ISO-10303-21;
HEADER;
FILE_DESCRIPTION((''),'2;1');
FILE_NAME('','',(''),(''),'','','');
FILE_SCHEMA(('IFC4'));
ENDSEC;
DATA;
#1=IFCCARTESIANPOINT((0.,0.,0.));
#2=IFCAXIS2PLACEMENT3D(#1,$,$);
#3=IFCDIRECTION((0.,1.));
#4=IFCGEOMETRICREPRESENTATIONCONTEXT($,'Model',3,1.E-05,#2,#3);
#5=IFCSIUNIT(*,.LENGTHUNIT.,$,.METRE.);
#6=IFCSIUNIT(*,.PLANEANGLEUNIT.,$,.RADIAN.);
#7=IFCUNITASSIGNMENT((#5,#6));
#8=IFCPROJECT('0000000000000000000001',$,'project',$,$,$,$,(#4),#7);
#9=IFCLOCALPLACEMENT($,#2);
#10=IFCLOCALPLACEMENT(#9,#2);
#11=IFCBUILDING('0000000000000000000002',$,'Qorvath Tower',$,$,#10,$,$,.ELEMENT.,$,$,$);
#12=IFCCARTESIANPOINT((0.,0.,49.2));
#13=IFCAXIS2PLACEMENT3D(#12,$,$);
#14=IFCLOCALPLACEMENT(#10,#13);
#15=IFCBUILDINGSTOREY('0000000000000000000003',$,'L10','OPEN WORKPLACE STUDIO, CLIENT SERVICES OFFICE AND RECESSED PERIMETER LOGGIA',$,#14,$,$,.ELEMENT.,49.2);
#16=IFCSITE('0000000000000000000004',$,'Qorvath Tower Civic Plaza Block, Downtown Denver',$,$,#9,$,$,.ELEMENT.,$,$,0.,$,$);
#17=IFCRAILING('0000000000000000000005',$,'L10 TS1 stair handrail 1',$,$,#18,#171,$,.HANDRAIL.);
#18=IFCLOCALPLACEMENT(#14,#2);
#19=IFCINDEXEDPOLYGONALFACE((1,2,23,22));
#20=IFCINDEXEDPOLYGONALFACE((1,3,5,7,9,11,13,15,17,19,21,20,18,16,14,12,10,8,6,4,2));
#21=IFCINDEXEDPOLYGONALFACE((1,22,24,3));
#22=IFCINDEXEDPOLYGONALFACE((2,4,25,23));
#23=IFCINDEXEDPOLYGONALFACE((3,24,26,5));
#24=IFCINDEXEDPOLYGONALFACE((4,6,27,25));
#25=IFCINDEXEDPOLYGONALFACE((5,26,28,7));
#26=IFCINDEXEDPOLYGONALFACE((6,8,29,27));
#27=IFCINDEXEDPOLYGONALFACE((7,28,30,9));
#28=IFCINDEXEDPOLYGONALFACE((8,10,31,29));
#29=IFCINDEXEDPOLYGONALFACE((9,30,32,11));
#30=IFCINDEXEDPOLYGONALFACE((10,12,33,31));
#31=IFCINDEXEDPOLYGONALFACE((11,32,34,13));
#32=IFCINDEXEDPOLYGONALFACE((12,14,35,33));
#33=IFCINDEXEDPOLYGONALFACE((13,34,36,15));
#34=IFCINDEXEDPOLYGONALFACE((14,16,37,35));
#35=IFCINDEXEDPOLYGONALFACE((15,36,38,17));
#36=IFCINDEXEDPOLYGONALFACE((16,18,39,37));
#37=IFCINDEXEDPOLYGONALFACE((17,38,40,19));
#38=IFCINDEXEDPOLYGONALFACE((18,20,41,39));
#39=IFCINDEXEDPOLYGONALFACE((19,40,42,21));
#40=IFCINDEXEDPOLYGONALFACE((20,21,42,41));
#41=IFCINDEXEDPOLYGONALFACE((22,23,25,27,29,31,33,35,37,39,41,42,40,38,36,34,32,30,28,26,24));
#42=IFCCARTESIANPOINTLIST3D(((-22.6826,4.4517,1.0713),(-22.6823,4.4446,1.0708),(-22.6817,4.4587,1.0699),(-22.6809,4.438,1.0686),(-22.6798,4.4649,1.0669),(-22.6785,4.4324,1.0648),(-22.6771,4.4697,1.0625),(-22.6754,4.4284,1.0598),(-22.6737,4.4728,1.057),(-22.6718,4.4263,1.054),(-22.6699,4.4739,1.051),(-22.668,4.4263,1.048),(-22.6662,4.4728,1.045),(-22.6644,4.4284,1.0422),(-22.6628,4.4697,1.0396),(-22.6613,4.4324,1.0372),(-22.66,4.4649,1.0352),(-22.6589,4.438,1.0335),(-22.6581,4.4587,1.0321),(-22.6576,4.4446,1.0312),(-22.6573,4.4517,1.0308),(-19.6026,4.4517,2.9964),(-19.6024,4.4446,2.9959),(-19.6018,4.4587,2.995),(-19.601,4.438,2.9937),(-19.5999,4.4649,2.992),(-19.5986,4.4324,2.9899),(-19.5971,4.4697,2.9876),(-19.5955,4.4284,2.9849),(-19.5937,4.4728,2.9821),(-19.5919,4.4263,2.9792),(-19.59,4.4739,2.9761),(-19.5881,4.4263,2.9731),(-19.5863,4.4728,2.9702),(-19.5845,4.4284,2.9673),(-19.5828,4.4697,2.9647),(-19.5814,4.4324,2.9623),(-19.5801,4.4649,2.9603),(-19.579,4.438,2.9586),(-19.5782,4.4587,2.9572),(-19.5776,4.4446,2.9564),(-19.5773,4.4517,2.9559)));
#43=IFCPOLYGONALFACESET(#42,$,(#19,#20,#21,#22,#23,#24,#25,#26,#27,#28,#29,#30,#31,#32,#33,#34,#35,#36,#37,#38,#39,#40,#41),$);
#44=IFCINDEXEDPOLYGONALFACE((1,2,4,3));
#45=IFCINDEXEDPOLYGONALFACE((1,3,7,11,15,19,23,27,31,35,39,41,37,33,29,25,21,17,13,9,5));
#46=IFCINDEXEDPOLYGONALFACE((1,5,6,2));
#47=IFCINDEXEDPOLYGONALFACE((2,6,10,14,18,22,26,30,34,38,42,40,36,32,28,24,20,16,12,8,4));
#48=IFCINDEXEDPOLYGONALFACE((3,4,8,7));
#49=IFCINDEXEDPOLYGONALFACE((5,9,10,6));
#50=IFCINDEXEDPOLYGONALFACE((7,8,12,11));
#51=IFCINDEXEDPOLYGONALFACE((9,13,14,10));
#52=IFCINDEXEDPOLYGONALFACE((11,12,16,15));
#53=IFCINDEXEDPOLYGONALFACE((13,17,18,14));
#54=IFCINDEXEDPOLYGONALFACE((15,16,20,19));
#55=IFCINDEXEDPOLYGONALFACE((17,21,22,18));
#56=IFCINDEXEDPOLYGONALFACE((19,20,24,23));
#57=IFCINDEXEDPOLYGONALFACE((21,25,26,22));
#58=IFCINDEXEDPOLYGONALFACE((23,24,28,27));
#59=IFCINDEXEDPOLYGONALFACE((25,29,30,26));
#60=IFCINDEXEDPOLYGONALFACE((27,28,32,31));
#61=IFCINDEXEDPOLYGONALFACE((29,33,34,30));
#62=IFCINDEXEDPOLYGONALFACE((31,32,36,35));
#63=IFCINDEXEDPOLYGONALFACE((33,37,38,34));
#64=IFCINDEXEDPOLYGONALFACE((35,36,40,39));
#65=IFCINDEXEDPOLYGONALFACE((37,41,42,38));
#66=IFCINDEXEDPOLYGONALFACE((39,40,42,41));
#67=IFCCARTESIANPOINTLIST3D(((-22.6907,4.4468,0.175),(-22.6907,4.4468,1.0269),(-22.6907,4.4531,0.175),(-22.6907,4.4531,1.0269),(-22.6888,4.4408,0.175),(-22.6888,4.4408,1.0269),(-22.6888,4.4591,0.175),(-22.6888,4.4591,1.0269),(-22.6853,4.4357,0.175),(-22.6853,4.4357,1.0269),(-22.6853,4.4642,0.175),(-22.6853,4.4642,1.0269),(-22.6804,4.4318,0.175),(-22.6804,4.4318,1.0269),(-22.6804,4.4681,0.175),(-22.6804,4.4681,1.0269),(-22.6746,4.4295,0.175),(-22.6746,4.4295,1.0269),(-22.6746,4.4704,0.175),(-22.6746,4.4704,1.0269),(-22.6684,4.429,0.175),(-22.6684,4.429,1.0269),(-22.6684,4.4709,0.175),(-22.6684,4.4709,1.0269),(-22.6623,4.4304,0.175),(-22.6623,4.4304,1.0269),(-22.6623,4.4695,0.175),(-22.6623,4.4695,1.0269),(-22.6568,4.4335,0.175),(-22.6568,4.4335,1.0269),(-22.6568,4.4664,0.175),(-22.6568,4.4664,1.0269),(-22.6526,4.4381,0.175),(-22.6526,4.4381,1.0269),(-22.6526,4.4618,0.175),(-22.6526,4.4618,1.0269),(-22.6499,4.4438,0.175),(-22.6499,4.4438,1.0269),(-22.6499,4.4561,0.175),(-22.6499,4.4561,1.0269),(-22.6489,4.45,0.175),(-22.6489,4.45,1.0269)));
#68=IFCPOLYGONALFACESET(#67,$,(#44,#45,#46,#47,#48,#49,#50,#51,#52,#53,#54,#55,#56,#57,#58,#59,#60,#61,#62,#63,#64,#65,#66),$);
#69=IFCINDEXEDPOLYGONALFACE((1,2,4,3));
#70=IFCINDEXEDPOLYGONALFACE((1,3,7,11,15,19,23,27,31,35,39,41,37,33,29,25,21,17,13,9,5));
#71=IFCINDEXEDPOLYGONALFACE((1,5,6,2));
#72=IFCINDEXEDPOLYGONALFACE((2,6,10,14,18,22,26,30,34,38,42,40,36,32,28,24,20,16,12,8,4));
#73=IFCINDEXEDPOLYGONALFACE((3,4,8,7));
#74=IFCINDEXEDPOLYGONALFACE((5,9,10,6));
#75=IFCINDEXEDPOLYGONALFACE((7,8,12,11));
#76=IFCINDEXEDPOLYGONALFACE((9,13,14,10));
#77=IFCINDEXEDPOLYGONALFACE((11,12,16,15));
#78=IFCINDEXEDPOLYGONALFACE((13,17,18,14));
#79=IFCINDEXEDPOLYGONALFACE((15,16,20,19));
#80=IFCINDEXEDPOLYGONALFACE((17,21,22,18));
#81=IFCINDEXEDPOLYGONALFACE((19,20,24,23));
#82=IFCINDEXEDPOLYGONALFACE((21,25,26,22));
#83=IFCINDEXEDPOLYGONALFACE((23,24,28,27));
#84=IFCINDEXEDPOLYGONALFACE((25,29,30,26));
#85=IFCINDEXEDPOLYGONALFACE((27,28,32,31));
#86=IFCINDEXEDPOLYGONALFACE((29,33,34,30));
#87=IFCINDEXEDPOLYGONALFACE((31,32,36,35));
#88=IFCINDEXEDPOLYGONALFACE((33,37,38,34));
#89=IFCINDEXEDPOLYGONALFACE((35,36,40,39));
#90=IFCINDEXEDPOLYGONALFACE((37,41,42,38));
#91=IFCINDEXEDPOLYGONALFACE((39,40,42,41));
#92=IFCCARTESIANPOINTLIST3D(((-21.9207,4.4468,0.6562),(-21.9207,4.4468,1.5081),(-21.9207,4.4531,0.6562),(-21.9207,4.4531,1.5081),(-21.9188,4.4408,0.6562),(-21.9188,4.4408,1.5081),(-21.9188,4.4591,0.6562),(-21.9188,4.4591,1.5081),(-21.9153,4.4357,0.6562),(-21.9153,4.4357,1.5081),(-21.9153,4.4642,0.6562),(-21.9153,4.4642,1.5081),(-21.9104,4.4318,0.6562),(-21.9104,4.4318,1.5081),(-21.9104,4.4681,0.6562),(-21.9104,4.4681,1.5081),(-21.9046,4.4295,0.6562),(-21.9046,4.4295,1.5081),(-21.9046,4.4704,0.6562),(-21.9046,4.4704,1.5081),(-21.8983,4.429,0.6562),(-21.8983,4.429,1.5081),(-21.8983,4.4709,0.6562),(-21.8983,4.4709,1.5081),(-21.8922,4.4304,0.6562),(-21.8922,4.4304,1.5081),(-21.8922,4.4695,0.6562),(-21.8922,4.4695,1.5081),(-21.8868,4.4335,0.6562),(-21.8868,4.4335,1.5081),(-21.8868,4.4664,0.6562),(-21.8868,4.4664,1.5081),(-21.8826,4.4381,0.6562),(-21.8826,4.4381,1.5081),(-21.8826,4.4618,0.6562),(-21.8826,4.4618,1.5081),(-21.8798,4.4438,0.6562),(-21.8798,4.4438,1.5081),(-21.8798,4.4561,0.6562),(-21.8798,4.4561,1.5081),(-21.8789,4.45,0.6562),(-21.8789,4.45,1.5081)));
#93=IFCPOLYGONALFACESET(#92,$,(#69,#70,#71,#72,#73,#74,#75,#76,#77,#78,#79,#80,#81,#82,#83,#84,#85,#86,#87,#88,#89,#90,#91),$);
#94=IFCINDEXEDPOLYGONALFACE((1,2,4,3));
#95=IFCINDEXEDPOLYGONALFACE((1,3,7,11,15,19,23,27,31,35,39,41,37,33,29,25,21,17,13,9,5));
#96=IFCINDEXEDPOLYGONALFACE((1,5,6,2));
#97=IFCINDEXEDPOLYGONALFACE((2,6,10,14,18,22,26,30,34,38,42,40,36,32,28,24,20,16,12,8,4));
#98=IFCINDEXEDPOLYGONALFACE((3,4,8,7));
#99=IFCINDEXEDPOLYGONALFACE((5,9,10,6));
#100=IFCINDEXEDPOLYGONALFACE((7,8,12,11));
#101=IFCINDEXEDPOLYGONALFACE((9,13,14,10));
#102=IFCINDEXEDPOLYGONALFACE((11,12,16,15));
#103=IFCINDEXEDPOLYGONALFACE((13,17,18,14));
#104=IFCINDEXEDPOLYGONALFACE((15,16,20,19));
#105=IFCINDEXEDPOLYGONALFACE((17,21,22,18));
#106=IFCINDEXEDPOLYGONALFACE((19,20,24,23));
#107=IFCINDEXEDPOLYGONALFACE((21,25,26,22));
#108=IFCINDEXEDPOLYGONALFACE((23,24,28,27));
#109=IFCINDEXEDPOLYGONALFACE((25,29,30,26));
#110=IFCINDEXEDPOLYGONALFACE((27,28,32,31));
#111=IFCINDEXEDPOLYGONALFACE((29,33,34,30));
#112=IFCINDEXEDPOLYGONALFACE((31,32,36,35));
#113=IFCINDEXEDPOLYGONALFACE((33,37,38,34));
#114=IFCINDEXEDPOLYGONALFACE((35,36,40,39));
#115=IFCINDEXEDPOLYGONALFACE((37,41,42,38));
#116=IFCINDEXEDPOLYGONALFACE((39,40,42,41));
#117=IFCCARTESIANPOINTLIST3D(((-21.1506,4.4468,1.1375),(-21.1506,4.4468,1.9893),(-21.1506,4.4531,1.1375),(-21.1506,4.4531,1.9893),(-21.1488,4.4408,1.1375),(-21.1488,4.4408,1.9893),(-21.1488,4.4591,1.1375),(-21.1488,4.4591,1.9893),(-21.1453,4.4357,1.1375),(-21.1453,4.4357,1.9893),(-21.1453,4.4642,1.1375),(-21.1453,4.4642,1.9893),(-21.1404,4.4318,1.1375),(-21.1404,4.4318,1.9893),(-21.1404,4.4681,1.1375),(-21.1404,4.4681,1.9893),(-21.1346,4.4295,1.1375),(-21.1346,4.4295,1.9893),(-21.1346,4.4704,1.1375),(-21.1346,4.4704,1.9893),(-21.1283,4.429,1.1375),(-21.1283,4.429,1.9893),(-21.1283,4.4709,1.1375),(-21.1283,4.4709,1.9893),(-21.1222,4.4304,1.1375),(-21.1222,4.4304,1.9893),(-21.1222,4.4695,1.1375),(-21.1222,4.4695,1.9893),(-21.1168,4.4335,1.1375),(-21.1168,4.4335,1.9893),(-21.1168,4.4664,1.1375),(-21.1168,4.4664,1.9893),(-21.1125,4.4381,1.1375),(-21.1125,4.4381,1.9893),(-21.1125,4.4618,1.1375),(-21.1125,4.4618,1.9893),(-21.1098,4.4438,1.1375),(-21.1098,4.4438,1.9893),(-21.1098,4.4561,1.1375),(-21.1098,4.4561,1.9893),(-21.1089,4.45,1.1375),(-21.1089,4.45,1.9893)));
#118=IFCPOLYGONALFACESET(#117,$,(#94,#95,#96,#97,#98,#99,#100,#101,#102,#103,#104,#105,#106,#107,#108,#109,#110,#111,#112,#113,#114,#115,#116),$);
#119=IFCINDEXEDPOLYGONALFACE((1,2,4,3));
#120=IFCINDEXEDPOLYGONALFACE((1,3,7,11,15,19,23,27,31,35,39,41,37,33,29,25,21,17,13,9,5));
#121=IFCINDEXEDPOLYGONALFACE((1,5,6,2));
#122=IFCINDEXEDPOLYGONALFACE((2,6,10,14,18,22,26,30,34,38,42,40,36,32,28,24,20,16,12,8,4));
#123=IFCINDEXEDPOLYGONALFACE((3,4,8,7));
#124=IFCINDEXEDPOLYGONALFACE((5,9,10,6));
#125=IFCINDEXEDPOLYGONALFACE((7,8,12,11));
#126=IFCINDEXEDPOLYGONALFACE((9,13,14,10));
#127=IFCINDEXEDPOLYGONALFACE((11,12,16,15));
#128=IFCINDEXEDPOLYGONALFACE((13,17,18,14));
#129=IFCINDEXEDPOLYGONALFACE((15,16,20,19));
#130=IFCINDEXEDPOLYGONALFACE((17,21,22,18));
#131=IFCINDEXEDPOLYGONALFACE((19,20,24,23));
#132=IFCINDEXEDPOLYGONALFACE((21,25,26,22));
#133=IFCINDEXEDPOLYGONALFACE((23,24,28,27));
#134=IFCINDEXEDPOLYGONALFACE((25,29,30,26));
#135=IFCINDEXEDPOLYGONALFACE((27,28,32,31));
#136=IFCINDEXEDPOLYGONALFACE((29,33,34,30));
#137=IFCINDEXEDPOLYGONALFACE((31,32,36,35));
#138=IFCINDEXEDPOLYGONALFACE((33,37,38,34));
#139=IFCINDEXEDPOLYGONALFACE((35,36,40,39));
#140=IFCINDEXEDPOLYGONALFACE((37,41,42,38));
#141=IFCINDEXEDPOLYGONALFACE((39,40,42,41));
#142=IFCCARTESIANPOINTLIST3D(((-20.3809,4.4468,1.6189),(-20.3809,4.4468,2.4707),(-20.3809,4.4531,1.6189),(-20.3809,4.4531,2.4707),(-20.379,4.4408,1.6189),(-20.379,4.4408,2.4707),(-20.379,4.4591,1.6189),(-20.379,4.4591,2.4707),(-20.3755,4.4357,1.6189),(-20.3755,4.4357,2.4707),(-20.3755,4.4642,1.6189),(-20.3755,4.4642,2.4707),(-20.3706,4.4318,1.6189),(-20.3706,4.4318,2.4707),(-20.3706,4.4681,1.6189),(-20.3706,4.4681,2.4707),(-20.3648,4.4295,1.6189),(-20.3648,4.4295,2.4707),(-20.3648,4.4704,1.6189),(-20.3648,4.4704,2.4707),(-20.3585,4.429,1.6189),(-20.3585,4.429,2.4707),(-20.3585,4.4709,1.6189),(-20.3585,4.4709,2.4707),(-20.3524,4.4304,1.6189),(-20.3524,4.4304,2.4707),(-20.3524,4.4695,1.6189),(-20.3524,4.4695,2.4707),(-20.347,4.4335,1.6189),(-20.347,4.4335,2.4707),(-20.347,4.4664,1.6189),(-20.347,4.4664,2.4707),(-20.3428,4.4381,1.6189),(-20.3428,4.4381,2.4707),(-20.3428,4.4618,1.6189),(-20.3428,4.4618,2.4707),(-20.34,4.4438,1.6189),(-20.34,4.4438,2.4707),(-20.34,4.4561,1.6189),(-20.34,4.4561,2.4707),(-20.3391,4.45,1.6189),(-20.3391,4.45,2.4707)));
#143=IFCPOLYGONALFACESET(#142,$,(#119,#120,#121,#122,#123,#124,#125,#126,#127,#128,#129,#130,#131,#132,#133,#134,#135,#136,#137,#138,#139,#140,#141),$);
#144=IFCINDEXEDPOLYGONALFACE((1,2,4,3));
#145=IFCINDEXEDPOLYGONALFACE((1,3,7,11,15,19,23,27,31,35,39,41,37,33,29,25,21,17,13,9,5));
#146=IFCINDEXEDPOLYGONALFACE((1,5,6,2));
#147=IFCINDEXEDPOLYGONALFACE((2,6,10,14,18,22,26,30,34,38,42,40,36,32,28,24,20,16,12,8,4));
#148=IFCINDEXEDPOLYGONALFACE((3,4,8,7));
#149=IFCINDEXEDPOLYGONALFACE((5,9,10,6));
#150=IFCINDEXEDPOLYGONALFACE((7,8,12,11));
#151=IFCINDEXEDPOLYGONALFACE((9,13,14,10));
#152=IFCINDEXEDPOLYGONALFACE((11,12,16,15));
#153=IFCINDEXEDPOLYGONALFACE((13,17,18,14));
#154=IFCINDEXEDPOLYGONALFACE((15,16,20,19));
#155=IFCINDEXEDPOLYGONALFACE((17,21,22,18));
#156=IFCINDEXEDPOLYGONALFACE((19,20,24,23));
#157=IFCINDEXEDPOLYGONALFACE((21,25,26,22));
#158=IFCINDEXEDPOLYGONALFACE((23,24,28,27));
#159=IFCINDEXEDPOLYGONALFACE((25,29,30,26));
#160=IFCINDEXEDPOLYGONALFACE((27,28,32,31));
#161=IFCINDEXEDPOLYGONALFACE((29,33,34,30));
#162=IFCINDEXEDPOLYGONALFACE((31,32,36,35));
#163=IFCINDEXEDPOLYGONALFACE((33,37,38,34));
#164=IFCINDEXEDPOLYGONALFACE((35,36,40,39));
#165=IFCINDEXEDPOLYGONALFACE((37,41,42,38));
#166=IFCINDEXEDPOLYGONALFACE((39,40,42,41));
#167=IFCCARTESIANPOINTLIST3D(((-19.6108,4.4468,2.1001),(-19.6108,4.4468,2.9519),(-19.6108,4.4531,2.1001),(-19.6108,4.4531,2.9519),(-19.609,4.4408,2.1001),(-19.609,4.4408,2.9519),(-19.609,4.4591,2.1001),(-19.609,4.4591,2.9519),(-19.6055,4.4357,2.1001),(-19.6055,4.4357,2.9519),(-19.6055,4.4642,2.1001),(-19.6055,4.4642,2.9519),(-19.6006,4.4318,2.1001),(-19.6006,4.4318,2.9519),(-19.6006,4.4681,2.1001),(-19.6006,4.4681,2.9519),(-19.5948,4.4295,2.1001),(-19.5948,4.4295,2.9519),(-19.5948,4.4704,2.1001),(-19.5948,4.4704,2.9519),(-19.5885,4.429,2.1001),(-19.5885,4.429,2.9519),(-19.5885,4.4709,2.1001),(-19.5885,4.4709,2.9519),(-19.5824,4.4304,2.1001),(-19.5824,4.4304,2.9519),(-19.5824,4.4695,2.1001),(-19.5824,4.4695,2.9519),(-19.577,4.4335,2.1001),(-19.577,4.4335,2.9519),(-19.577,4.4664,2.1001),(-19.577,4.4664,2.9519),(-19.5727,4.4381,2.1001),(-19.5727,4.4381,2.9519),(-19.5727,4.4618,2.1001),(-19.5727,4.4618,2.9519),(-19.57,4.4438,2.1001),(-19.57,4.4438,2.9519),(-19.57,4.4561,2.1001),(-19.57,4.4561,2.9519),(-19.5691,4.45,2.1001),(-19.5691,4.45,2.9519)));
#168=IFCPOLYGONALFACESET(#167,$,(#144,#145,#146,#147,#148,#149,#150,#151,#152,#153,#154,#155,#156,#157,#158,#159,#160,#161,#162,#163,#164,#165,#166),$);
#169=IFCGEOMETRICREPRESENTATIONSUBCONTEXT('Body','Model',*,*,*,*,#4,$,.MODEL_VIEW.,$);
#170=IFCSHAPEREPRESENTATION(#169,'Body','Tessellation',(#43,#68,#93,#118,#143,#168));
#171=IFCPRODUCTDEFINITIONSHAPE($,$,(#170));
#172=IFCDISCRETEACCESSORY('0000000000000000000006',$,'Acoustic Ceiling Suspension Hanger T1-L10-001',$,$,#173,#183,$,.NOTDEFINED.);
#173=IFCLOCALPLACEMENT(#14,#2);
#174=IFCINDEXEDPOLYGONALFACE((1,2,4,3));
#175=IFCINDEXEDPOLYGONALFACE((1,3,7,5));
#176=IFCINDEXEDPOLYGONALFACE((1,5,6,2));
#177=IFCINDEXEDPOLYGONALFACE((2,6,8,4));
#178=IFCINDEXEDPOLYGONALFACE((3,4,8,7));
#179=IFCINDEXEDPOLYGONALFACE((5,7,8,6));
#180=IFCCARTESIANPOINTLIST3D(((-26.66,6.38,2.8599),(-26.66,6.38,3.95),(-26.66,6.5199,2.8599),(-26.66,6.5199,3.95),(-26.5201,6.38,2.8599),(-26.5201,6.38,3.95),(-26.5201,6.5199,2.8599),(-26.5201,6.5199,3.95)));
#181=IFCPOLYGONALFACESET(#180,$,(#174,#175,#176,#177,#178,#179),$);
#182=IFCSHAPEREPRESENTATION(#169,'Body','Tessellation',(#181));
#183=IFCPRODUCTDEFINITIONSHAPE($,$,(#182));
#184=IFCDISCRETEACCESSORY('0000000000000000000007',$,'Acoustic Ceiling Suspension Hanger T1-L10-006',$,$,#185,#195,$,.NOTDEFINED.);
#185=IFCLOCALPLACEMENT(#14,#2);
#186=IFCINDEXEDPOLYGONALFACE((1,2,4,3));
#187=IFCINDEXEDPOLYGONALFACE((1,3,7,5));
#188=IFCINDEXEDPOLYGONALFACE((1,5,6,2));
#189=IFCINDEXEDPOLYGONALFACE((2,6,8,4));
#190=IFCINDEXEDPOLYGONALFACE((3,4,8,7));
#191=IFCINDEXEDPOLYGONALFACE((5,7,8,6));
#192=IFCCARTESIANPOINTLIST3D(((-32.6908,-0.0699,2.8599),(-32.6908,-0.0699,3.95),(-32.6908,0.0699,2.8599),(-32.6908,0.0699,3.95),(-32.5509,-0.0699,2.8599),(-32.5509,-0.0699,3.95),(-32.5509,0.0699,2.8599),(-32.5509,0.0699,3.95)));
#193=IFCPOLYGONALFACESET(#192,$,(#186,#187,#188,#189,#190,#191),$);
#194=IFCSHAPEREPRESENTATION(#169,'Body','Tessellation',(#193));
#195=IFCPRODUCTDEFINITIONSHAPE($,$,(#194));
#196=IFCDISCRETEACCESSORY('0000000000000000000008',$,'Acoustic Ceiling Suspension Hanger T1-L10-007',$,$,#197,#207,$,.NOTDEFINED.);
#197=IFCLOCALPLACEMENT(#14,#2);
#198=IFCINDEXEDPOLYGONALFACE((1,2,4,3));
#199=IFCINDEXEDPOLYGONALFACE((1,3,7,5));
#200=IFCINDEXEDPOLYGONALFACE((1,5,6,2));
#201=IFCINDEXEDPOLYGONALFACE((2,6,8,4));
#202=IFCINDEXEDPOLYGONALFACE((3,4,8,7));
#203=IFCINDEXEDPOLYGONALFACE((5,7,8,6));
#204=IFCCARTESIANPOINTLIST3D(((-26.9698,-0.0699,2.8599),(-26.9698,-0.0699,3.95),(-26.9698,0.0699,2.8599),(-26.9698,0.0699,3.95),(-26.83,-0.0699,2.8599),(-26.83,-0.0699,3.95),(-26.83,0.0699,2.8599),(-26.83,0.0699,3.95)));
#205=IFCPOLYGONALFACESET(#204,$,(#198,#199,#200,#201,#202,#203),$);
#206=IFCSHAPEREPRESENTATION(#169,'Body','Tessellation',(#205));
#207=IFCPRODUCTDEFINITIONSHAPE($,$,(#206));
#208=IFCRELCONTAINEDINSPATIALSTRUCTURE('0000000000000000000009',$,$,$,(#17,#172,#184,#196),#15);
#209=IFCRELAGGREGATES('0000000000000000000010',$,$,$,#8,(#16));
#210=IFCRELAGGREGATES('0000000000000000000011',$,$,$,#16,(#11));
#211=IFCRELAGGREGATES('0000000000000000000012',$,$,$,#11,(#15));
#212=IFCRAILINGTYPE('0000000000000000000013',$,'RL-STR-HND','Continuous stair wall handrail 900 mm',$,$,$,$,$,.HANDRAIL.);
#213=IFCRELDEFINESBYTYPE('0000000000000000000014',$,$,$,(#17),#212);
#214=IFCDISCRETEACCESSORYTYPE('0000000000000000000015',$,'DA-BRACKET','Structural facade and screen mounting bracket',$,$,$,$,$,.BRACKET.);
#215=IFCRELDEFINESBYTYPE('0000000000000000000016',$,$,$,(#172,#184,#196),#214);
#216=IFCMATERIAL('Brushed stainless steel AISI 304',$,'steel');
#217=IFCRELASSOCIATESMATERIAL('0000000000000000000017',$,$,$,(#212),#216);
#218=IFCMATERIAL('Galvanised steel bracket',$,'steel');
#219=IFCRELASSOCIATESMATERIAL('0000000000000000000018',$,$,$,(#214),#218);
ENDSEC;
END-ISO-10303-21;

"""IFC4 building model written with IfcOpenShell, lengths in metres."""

from ifc_helpers import new_model, si_unit, direction, frame, origin, origin_2d, place, context, subcontext, project, spatial, rectangle, circle, extrude, material, type_object, element, save


model = new_model("IFC4")

# Units and contexts
model_context = context("Model", 3, precision=1e-05, world=origin(), true_north=direction((0.0, 1.0)))
body_context = subcontext(model_context, "Body", "Model", "MODEL_VIEW")
ifc_project = project(units=[si_unit("LENGTHUNIT", "METRE"), si_unit("PLANEANGLEUNIT", "RADIAN")], contexts=[model_context])

# Site, building, storey
site_placement = place(None, origin())
site = spatial("IfcSite", under=ifc_project, at=site_placement, Name="Qorvath Tower Civic Plaza Block, Downtown Denver", CompositionType="ELEMENT", RefElevation=0.0)
building_placement = place(site_placement, origin())
building = spatial("IfcBuilding", under=site, at=building_placement, Name="Qorvath Tower", CompositionType="ELEMENT")
storey_placement = place(building_placement, frame((0.0, 0.0, 49.2)))
storey = spatial("IfcBuildingStorey", under=building, at=storey_placement, Name="L10", Description="OPEN WORKPLACE STUDIO, CLIENT SERVICES OFFICE AND RECESSED PERIMETER LOGGIA", CompositionType="ELEMENT", Elevation=49.2)

# Railing
ifc_material_1 = material(Name="Brushed stainless steel AISI 304", Category="steel")
railing_type_1 = type_object("IfcRailingType", Name="RL-STR-HND", Description="Continuous stair wall handrail 900 mm", PredefinedType="HANDRAIL", material=ifc_material_1)
railing_1_placement = place(storey_placement, frame((-22.6699, 4.45, 0.175)))
element("IfcRailing", 1, at=railing_1_placement, inside=storey, type_object=railing_type_1, Name="L10 TS1 stair handrail 1", PredefinedType="HANDRAIL", context=body_context, shape_type="SweptSolid", body=[
    extrude(circle(Radius=0.0239, at=origin_2d()), frame((0.0, 0.0, 0.876), z_axis=(0.847979, 0.0, 0.530029), x_axis=(0.0, 1.0, 0.0)), (0.0, 0.0, 1.0), 3.6321),
    extrude(circle(Radius=0.021, at=origin_2d()), origin(), (0.0, 0.0, 1.0), 0.8518),
    extrude(circle(Radius=0.021, at=origin_2d()), frame((0.77, 0.0, 0.4812)), (0.0, 0.0, 1.0), 0.8518),
    extrude(circle(Radius=0.021, at=origin_2d()), frame((1.54, 0.0, 0.9624)), (0.0, 0.0, 1.0), 0.8518),
    extrude(circle(Radius=0.021, at=origin_2d()), frame((2.3098, 0.0, 1.4438)), (0.0, 0.0, 1.0), 0.8518),
    extrude(circle(Radius=0.021, at=origin_2d()), frame((3.0798, 0.0, 1.925)), (0.0, 0.0, 1.0), 0.8518),
])

# Discrete accessories
ifc_material_2 = material(Name="Galvanised steel bracket", Category="steel")
discrete_accessory_type = type_object("IfcDiscreteAccessoryType", Name="DA-BRACKET", Description="Structural facade and screen mounting bracket", PredefinedType="BRACKET", material=ifc_material_2)
for number, where, z_axis, x_axis, name in (
    (2, (-26.5901, 6.45, 2.8599), (0.0, 0.0, 1.0), (1.0, 0.0, 0.0), "Acoustic Ceiling Suspension Hanger T1-L10-001"),
    (3, (-32.6208, 0.0, 2.8599), (0.0, 0.0, 1.0), (1.0, 0.0, 0.0), "Acoustic Ceiling Suspension Hanger T1-L10-006"),
    (4, (-26.8999, 0.0, 2.8599), (0.0, 0.0, 1.0), (1.0, 0.0, 0.0), "Acoustic Ceiling Suspension Hanger T1-L10-007"),
):
    element("IfcDiscreteAccessory", number, at=place(storey_placement, frame(where, z_axis=z_axis, x_axis=x_axis)), inside=storey, type_object=discrete_accessory_type, Name=name, PredefinedType="NOTDEFINED", context=body_context, shape_type="SweptSolid", body=[
        extrude(rectangle(XDim=0.1399, YDim=0.1399, at=origin_2d()), origin(), (0.0, 0.0, 1.0), 1.0901),
    ])

save(model, "model.ifc")
